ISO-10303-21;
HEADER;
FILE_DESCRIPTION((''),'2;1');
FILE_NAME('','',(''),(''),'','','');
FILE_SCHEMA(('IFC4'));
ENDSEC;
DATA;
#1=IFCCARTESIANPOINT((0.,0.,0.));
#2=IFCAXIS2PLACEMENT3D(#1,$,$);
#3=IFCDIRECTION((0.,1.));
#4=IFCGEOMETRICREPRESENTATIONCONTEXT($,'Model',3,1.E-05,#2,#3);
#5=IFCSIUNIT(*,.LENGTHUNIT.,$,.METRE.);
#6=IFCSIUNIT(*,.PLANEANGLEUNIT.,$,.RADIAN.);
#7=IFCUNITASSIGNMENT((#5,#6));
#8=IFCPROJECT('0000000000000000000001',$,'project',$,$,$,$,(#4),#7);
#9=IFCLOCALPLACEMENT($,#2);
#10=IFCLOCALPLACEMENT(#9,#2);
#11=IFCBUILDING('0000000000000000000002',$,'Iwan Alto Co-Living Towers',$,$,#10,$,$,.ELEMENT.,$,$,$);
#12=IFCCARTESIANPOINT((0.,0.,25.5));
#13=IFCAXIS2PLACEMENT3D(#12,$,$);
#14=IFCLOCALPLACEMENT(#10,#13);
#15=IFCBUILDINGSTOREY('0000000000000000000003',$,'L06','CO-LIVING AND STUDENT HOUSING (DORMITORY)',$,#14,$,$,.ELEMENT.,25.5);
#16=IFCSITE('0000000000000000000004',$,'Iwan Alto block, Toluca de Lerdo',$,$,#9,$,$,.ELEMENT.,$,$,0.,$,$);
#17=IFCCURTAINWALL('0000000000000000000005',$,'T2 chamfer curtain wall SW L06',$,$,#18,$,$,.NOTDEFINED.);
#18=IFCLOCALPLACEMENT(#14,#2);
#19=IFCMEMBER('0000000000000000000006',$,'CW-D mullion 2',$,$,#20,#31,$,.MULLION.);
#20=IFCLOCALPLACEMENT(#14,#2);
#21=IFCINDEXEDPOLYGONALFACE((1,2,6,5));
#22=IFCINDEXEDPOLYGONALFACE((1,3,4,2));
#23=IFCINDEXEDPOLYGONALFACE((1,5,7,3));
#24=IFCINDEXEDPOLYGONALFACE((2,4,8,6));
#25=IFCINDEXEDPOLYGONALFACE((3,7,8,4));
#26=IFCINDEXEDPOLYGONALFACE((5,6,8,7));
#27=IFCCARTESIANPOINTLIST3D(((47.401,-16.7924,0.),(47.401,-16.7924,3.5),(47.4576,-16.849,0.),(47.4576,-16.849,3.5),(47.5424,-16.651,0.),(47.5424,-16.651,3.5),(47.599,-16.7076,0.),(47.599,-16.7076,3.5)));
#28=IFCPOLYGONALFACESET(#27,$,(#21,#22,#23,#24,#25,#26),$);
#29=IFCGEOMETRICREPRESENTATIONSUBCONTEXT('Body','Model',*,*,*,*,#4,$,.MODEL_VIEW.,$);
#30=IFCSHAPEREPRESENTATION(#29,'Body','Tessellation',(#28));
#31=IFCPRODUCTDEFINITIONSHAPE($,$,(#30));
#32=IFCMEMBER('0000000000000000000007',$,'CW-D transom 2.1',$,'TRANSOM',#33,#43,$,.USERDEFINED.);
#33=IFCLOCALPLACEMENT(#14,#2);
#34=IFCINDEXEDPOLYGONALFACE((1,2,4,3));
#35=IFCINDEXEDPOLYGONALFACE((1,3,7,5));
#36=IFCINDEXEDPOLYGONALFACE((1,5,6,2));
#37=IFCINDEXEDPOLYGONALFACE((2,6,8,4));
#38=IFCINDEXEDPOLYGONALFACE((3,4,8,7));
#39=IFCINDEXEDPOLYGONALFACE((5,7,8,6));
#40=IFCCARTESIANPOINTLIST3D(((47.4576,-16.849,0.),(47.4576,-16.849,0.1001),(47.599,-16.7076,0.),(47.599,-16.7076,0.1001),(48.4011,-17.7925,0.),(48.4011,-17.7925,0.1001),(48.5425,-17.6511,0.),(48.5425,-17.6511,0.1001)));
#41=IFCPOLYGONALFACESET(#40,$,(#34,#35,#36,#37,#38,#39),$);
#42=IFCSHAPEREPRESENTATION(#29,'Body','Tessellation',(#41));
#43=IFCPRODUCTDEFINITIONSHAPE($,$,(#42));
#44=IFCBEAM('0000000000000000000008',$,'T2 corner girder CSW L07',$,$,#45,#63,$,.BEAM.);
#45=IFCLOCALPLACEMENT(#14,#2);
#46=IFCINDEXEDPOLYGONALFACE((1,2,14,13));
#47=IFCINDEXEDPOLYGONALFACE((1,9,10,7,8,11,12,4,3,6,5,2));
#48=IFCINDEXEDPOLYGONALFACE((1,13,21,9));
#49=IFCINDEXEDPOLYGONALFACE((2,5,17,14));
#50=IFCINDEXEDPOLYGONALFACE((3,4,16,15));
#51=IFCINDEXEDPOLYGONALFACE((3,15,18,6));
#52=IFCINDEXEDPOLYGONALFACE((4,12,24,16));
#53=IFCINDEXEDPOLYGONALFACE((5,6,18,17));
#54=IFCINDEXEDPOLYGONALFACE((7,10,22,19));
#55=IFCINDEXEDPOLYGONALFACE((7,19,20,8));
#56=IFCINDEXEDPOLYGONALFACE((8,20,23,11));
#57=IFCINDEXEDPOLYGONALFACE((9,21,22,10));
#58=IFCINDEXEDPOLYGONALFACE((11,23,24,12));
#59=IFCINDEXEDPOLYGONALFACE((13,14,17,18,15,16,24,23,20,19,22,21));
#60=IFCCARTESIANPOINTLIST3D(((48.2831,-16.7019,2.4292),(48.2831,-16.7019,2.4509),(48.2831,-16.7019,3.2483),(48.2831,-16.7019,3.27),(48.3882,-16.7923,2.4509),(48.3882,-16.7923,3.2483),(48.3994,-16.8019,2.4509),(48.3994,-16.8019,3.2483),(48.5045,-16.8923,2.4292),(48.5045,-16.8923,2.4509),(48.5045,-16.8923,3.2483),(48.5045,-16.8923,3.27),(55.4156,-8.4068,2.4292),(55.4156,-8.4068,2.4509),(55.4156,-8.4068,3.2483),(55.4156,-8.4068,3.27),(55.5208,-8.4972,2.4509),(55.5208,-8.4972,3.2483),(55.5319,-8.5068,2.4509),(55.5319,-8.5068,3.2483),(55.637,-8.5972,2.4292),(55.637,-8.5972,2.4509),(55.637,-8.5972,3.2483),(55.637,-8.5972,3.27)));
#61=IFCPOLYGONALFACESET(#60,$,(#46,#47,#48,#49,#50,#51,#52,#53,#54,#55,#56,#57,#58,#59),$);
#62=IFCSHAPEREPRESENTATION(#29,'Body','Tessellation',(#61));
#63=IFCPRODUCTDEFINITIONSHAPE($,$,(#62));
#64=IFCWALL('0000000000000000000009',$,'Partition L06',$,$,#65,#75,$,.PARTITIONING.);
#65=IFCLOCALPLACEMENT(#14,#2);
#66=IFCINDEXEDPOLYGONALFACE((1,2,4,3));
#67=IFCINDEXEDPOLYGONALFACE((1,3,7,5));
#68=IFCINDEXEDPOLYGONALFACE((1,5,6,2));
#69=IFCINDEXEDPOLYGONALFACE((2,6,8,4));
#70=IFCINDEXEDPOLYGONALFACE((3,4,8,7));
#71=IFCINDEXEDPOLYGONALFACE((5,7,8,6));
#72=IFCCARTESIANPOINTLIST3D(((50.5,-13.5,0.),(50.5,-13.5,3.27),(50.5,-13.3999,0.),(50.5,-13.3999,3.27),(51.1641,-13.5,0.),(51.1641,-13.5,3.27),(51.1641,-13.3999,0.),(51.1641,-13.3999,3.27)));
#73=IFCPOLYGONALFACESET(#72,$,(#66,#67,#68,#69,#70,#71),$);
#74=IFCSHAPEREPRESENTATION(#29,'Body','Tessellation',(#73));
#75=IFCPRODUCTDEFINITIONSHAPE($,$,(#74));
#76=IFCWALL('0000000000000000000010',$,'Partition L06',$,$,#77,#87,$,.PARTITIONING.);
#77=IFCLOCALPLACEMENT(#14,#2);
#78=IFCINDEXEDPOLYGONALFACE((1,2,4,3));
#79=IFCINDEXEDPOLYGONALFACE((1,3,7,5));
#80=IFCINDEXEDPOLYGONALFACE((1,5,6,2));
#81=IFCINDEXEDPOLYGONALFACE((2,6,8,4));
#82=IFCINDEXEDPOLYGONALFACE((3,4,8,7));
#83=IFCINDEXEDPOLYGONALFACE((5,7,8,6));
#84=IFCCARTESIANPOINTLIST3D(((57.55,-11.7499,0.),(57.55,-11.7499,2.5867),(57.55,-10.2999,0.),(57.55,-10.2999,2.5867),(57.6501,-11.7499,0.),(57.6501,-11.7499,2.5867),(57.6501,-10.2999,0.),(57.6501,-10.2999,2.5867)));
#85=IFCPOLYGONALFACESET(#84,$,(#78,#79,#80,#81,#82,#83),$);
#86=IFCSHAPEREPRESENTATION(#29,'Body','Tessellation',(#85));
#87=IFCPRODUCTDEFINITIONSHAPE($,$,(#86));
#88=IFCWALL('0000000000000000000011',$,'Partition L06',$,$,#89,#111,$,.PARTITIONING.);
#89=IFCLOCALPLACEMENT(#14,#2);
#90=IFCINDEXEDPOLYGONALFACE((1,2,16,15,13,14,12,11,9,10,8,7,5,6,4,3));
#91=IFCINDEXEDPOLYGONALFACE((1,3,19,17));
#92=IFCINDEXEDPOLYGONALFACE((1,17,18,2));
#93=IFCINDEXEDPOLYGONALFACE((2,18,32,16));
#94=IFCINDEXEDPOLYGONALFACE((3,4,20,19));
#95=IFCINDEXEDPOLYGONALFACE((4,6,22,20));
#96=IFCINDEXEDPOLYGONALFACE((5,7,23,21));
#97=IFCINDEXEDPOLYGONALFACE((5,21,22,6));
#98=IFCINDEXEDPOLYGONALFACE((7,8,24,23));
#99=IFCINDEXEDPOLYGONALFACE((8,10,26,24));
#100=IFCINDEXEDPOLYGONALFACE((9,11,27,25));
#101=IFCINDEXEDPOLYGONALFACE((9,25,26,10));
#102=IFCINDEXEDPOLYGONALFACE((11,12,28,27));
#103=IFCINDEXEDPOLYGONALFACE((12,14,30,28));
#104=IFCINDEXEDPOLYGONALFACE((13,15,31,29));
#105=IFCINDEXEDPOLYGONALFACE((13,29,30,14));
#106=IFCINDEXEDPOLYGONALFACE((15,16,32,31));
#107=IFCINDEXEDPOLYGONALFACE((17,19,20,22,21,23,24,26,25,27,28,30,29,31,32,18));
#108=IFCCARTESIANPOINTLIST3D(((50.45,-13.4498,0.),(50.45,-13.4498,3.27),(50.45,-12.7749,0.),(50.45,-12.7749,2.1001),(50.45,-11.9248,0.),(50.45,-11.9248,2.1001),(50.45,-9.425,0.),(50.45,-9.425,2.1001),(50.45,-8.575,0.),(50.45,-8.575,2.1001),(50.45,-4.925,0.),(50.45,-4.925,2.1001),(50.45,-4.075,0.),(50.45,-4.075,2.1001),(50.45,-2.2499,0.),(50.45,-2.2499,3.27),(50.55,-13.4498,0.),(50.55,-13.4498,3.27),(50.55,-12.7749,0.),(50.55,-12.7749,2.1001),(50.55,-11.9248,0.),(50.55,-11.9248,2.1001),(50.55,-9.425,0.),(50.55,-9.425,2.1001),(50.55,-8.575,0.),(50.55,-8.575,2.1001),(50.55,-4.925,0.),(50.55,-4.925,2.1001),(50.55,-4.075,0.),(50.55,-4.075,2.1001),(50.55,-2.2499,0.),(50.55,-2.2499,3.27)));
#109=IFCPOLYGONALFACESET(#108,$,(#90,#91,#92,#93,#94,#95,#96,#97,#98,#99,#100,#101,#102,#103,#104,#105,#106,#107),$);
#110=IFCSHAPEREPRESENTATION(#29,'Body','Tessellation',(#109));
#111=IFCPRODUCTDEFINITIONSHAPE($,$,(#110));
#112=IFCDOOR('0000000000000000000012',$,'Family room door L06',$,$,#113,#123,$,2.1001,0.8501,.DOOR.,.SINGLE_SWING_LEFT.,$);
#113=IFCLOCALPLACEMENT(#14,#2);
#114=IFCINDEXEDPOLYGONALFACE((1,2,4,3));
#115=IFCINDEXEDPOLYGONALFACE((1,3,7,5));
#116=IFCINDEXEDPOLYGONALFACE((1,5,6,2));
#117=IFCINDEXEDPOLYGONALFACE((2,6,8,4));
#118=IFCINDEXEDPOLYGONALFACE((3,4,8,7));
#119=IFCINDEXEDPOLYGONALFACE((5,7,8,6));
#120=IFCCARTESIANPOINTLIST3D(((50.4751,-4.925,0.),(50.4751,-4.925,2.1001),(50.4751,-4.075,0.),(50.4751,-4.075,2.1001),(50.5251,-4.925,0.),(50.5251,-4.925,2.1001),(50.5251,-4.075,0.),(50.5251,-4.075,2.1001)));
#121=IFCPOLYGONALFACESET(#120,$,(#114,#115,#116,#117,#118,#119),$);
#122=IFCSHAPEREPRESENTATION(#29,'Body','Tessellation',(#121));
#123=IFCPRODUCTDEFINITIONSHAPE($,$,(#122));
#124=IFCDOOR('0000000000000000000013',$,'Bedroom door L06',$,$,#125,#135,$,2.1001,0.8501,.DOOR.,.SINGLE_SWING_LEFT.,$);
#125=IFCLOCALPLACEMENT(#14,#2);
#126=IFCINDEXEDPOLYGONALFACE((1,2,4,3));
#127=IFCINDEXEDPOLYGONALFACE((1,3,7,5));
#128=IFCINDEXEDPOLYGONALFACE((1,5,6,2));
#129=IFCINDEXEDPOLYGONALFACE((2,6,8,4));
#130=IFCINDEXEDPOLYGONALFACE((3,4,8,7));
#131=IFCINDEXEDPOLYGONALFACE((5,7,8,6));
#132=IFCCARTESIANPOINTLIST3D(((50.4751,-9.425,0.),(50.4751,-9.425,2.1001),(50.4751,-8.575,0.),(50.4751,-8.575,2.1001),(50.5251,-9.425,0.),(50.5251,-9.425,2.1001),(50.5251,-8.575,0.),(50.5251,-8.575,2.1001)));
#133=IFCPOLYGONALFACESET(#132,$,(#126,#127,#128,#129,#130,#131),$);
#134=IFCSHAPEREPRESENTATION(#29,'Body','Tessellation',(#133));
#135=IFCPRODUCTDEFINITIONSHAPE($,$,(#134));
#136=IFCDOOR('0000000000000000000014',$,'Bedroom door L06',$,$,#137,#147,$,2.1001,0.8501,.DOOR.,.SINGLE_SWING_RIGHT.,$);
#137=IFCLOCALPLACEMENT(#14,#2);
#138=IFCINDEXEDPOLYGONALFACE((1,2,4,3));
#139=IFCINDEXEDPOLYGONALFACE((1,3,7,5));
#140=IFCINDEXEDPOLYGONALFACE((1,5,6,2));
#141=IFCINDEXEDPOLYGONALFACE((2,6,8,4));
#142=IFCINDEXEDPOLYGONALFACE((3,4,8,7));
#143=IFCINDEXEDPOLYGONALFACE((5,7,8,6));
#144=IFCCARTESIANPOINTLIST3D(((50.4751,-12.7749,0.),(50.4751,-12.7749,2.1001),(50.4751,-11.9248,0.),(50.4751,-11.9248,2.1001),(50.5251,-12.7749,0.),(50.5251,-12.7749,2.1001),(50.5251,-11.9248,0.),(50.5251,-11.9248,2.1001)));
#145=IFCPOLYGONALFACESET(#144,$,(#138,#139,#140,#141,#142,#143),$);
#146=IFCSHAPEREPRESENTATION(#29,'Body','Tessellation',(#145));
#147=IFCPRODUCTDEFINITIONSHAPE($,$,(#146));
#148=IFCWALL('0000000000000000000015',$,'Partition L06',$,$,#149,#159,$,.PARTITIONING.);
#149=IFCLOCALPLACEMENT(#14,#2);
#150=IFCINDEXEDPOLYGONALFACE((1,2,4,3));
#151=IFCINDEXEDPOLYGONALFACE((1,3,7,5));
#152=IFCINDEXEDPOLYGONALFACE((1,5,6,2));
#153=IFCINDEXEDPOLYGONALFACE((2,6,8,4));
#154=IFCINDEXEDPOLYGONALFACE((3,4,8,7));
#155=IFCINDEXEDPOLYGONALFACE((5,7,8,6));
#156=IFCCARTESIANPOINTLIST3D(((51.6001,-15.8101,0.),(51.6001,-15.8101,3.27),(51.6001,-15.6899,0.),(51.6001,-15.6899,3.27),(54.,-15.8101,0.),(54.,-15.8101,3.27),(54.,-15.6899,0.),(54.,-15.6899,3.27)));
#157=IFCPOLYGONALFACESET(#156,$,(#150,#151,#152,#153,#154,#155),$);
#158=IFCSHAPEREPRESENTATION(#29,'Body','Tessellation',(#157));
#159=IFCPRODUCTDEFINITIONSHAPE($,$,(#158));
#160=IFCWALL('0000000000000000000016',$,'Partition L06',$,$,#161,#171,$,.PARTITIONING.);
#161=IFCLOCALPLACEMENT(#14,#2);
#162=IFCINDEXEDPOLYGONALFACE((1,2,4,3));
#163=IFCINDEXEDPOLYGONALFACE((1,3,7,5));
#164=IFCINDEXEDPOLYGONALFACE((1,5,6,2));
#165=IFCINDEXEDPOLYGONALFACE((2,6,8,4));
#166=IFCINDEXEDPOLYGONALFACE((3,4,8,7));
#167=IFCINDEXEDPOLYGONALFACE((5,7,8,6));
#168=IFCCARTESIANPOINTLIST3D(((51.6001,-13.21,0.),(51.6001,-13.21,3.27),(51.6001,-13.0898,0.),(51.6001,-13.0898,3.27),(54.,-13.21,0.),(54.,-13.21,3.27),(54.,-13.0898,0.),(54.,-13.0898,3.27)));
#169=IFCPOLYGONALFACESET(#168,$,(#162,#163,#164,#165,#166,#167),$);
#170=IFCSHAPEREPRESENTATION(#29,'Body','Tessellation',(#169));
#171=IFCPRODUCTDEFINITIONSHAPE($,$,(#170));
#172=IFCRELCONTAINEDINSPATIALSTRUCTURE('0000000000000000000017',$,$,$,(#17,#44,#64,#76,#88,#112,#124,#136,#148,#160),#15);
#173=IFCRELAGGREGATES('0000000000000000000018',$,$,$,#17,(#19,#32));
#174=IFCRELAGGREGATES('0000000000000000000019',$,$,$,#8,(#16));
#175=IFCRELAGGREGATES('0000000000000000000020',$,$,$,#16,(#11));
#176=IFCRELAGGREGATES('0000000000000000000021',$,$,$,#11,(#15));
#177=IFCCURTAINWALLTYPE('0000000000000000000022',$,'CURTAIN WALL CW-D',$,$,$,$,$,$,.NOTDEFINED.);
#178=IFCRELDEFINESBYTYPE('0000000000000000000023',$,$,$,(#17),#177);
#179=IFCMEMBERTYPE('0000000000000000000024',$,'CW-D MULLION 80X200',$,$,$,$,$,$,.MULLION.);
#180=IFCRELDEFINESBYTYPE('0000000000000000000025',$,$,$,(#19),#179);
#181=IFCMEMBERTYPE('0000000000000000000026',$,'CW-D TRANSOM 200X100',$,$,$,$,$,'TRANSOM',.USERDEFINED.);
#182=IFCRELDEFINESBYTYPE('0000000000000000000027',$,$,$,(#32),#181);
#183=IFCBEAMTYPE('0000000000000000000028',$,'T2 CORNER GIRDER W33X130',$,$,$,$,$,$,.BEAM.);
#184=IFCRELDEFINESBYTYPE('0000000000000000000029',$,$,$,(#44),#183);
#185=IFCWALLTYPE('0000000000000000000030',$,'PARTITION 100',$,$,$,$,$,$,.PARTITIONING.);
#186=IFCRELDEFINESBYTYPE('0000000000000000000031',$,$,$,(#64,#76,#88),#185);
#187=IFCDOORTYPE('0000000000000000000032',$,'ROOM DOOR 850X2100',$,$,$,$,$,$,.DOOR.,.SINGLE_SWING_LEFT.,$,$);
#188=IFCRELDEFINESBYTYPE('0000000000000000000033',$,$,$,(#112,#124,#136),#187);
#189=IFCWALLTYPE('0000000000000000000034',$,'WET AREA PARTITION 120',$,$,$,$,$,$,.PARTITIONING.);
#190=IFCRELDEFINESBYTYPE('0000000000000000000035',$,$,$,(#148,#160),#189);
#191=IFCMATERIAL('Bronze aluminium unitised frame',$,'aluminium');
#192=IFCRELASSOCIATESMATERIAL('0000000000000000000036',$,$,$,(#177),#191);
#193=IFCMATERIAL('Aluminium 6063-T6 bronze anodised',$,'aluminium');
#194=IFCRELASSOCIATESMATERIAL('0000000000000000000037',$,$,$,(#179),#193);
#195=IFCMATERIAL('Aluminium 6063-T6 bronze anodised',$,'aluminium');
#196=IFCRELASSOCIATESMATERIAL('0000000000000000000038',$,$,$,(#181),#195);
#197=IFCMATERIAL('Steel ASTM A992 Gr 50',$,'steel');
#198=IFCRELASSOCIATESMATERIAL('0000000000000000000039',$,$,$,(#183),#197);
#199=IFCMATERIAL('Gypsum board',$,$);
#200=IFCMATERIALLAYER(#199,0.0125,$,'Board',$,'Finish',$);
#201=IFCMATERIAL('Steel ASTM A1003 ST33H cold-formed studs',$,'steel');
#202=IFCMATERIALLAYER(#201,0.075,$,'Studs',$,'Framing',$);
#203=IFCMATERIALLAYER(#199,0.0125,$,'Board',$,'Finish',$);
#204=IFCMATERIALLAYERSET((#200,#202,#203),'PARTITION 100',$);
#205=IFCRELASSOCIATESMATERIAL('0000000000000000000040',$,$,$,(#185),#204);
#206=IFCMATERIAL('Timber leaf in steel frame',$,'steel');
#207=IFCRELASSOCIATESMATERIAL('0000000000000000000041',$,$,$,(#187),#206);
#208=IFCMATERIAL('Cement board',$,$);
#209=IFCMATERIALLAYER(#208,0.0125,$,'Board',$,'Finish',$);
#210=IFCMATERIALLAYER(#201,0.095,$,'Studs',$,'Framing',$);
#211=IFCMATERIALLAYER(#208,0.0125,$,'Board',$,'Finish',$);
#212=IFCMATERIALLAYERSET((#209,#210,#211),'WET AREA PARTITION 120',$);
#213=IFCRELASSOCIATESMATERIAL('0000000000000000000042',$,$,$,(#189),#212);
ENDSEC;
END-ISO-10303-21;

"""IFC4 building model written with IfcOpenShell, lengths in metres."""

from ifc_helpers import new_model, si_unit, direction, frame, frame_2d, origin, origin_2d, place, context, subcontext, project, spatial, rectangle, i_section, extrude, material, layer, layer_set, material_profile, profile_set, type_object, element, fill, aggregate, save


model = new_model("IFC4")

# Units and contexts
model_context = context("Model", 3, precision=1e-05, world=origin(), true_north=direction((0.0, 1.0)))
body_context = subcontext(model_context, "Body", "Model", "MODEL_VIEW")
ifc_project = project(units=[si_unit("LENGTHUNIT", "METRE"), si_unit("PLANEANGLEUNIT", "RADIAN")], contexts=[model_context])

# Site, building, storey
site_placement = place(None, origin())
site = spatial("IfcSite", under=ifc_project, at=site_placement, Name="Iwan Alto block, Toluca de Lerdo", CompositionType="ELEMENT", RefElevation=0.0)
building_placement = place(site_placement, origin())
building = spatial("IfcBuilding", under=site, at=building_placement, Name="Iwan Alto Co-Living Towers", CompositionType="ELEMENT")
storey_placement = place(building_placement, frame((0.0, 0.0, 25.5)))
storey = spatial("IfcBuildingStorey", under=building, at=storey_placement, Name="L06", Description="CO-LIVING AND STUDENT HOUSING (DORMITORY)", CompositionType="ELEMENT", Elevation=25.5)

# Curtain wall, members
ifc_material_1 = material(Name="Bronze aluminium unitised frame", Category="aluminium")
curtain_wall_type = type_object("IfcCurtainWallType", Name="CURTAIN WALL CW-D", PredefinedType="NOTDEFINED", material=ifc_material_1)
curtain_wall_placement = place(storey_placement, origin())
curtain_wall = element("IfcCurtainWall", 1, at=curtain_wall_placement, inside=storey, type_object=curtain_wall_type, Name="T2 chamfer curtain wall SW L06", PredefinedType="NOTDEFINED")
ifc_material_2 = material(Name="Aluminium 6063-T6 bronze anodised", Category="aluminium")
ifc_material_profile_1 = material_profile(ifc_material_2, rectangle(XDim=0.2, YDim=0.0801, at=origin_2d()), Name="AL 80X200")
ifc_profile_set_1 = profile_set([ifc_material_profile_1], Name="Aluminium 6063-T6 bronze anodised")
member_type_1 = type_object("IfcMemberType", Name="CW-D MULLION 80X200", PredefinedType="MULLION", material=ifc_profile_set_1)
member_1_placement = place(storey_placement, frame((47.5, -16.75, 0.0), z_axis=(0.0, 0.0, 1.0), x_axis=(0.707107, 0.707107, 0.0)))
member_1 = element("IfcMember", 2, at=member_1_placement, type_object=member_type_1, Name="CW-D mullion 2", PredefinedType="MULLION", context=body_context, shape_type="SweptSolid", body=[
    extrude(rectangle(XDim=0.2, YDim=0.0801, at=origin_2d()), origin(), (0.0, 0.0, 1.0), 3.5),
])
ifc_material_3 = material(Name="Aluminium 6063-T6 bronze anodised", Category="aluminium")
ifc_material_profile_2 = material_profile(ifc_material_3, rectangle(XDim=0.2, YDim=0.1001, at=origin_2d()), Name="AL 200X100")
ifc_profile_set_2 = profile_set([ifc_material_profile_2], Name="Aluminium 6063-T6 bronze anodised")
member_type_2 = type_object("IfcMemberType", Name="CW-D TRANSOM 200X100", ElementType="TRANSOM", PredefinedType="USERDEFINED", material=ifc_profile_set_2)
member_2_placement = place(storey_placement, frame((47.5283, -16.7783, 0.05), z_axis=(0.707107, -0.707107, 0.0), x_axis=(0.707107, 0.707107, 0.0)))
member_2 = element("IfcMember", 3, at=member_2_placement, type_object=member_type_2, Name="CW-D transom 2.1", ObjectType="TRANSOM", PredefinedType="USERDEFINED", context=body_context, shape_type="SweptSolid", body=[
    extrude(rectangle(XDim=0.2, YDim=0.1001, at=origin_2d()), origin(), (0.0, 0.0, 1.0), 1.3342),
])
aggregate(curtain_wall, [member_1, member_2])

# Beam
ifc_material_4 = material(Name="Steel ASTM A992 Gr 50", Category="steel")
ifc_material_profile_3 = material_profile(ifc_material_4, i_section(OverallWidth=0.292, OverallDepth=0.8408, WebThickness=0.0146, FlangeThickness=0.0217, at=origin_2d()), Name="W33X130")
ifc_profile_set_3 = profile_set([ifc_material_profile_3], Name="Steel ASTM A992 Gr 50")
beam_type = type_object("IfcBeamType", Name="T2 CORNER GIRDER W33X130", PredefinedType="BEAM", material=ifc_profile_set_3)
beam_placement = place(storey_placement, frame((48.3938, -16.7971, 2.8496), z_axis=(0.651972, 0.758243, 0.0), x_axis=(-0.758243, 0.651972, 0.0)))
element("IfcBeam", 4, at=beam_placement, inside=storey, type_object=beam_type, Name="T2 corner girder CSW L07", PredefinedType="BEAM", context=body_context, shape_type="SweptSolid", body=[
    extrude(i_section(OverallWidth=0.292, OverallDepth=0.8408, WebThickness=0.0146, FlangeThickness=0.0217, at=origin_2d()), origin(), (0.0, 0.0, 1.0), 10.9399),
])

# Walls
ifc_material_5 = material(Name="Gypsum board")
ifc_layer_1 = layer(ifc_material_5, 0.0125, Name="Board", Category="Finish")
ifc_material_6 = material(Name="Steel ASTM A1003 ST33H cold-formed studs", Category="steel")
ifc_layer_2 = layer(ifc_material_6, 0.075, Name="Studs", Category="Framing")
ifc_layer_3 = layer(ifc_material_5, 0.0125, Name="Board", Category="Finish")
ifc_layer_set_1 = layer_set([ifc_layer_1, ifc_layer_2, ifc_layer_3], Name="PARTITION 100")
wall_type_1 = type_object("IfcWallType", Name="PARTITION 100", PredefinedType="PARTITIONING", material=ifc_layer_set_1)
wall_1_placement = place(storey_placement, frame((50.5, -13.45, 0.0), z_axis=(0.0, 0.0, 1.0), x_axis=(1.0, 0.0, 0.0)))
element("IfcWall", 5, at=wall_1_placement, inside=storey, type_object=wall_type_1, Name="Partition L06", PredefinedType="PARTITIONING", context=body_context, shape_type="SweptSolid", body=[
    extrude(rectangle(XDim=0.6641, YDim=0.1001, at=frame_2d((0.332, 0.0))), origin(), (0.0, 0.0, 1.0), 3.27),
])
wall_2_placement = place(storey_placement, frame((57.6001, -11.75, 0.0), z_axis=(0.0, 0.0, 1.0), x_axis=(0.0, 1.0, 0.0)))
element("IfcWall", 6, at=wall_2_placement, inside=storey, type_object=wall_type_1, Name="Partition L06", PredefinedType="PARTITIONING", context=body_context, shape_type="SweptSolid", body=[
    extrude(rectangle(XDim=1.45, YDim=0.1001, at=frame_2d((0.7251, 0.0))), origin(), (0.0, 0.0, 1.0), 2.5867),
])

# Wall, openings, doors
wall_3_placement = place(storey_placement, frame((50.5, -13.45, 0.0), z_axis=(0.0, 0.0, 1.0), x_axis=(0.0, 1.0, 0.0)))
wall_3 = element("IfcWall", 7, at=wall_3_placement, inside=storey, type_object=wall_type_1, Name="Partition L06", PredefinedType="PARTITIONING", context=body_context, shape_type="SweptSolid", body=[
    extrude(rectangle(XDim=11.2, YDim=0.1001, at=frame_2d((5.6001, 0.0))), origin(), (0.0, 0.0, 1.0), 3.27),
])
opening_1_placement = place(wall_3_placement, frame((8.5249, 0.0, 0.0)))
opening_1 = element("IfcOpeningElement", 8, at=opening_1_placement, cuts=wall_3, PredefinedType="OPENING", context=body_context, shape_type="SweptSolid", body=[
    extrude(rectangle(XDim=0.8501, YDim=2.1001, at=frame_2d((0.425, 1.05))), frame((0.0, 0.0601, 0.0), z_axis=(0.0, -1.0, 0.0), x_axis=(1.0, 0.0, 0.0)), (0.0, 0.0, 1.0), 0.1201),
])
opening_2_placement = place(wall_3_placement, frame((4.0249, 0.0, 0.0)))
opening_2 = element("IfcOpeningElement", 9, at=opening_2_placement, cuts=wall_3, PredefinedType="OPENING", context=body_context, shape_type="SweptSolid", body=[
    extrude(rectangle(XDim=0.8501, YDim=2.1001, at=frame_2d((0.425, 1.05))), frame((0.0, 0.0601, 0.0), z_axis=(0.0, -1.0, 0.0), x_axis=(1.0, 0.0, 0.0)), (0.0, 0.0, 1.0), 0.1201),
])
opening_3_placement = place(wall_3_placement, frame((0.675, 0.0, 0.0)))
opening_3 = element("IfcOpeningElement", 10, at=opening_3_placement, cuts=wall_3, PredefinedType="OPENING", context=body_context, shape_type="SweptSolid", body=[
    extrude(rectangle(XDim=0.8501, YDim=2.1001, at=frame_2d((0.425, 1.05))), frame((0.0, 0.0601, 0.0), z_axis=(0.0, -1.0, 0.0), x_axis=(1.0, 0.0, 0.0)), (0.0, 0.0, 1.0), 0.1201),
])
ifc_material_7 = material(Name="Timber leaf in steel frame", Category="steel")
door_type = type_object("IfcDoorType", Name="ROOM DOOR 850X2100", OperationType="SINGLE_SWING_LEFT", PredefinedType="DOOR", material=ifc_material_7)
door_1_placement = place(opening_1_placement, origin())
door_1 = element("IfcDoor", 11, at=door_1_placement, inside=storey, type_object=door_type, Name="Family room door L06", OperationType="SINGLE_SWING_LEFT", OverallHeight=2.1001, OverallWidth=0.8501, PredefinedType="DOOR", context=body_context, shape_type="SweptSolid", body=[
    extrude(rectangle(XDim=0.8501, YDim=2.1001, at=frame_2d((0.425, 1.05))), frame((0.0, 0.0249, 0.0), z_axis=(0.0, -1.0, 0.0), x_axis=(1.0, 0.0, 0.0)), (0.0, 0.0, 1.0), 0.05),
])
fill(opening_1, door_1)
door_2_placement = place(opening_2_placement, origin())
door_2 = element("IfcDoor", 12, at=door_2_placement, inside=storey, type_object=door_type, Name="Bedroom door L06", OperationType="SINGLE_SWING_LEFT", OverallHeight=2.1001, OverallWidth=0.8501, PredefinedType="DOOR", context=body_context, shape_type="SweptSolid", body=[
    extrude(rectangle(XDim=0.8501, YDim=2.1001, at=frame_2d((0.425, 1.05))), frame((0.0, 0.0249, 0.0), z_axis=(0.0, -1.0, 0.0), x_axis=(1.0, 0.0, 0.0)), (0.0, 0.0, 1.0), 0.05),
])
fill(opening_2, door_2)
door_3_placement = place(opening_3_placement, origin())
door_3 = element("IfcDoor", 13, at=door_3_placement, inside=storey, type_object=door_type, Name="Bedroom door L06", OperationType="SINGLE_SWING_RIGHT", OverallHeight=2.1001, OverallWidth=0.8501, PredefinedType="DOOR", context=body_context, shape_type="SweptSolid", body=[
    extrude(rectangle(XDim=0.8501, YDim=2.1001, at=frame_2d((0.425, 1.05))), frame((0.0, 0.0249, 0.0), z_axis=(0.0, -1.0, 0.0), x_axis=(1.0, 0.0, 0.0)), (0.0, 0.0, 1.0), 0.05),
])
fill(opening_3, door_3)

# Walls
ifc_material_8 = material(Name="Cement board")
ifc_layer_4 = layer(ifc_material_8, 0.0125, Name="Board", Category="Finish")
ifc_layer_5 = layer(ifc_material_6, 0.095, Name="Studs", Category="Framing")
ifc_layer_6 = layer(ifc_material_8, 0.0125, Name="Board", Category="Finish")
ifc_layer_set_2 = layer_set([ifc_layer_4, ifc_layer_5, ifc_layer_6], Name="WET AREA PARTITION 120")
wall_type_2 = type_object("IfcWallType", Name="WET AREA PARTITION 120", PredefinedType="PARTITIONING", material=ifc_layer_set_2)
for number, where, z_axis, x_axis, name in (
    (14, (51.6001, -15.75, 0.0), (0.0, 0.0, 1.0), (1.0, 0.0, 0.0), "Partition L06"),
    (15, (51.6001, -13.1499, 0.0), (0.0, 0.0, 1.0), (1.0, 0.0, 0.0), "Partition L06"),
):
    element("IfcWall", number, at=place(storey_placement, frame(where, z_axis=z_axis, x_axis=x_axis)), inside=storey, type_object=wall_type_2, Name=name, PredefinedType="PARTITIONING", context=body_context, shape_type="SweptSolid", body=[
        extrude(rectangle(XDim=2.3999, YDim=0.1201, at=frame_2d((1.2, 0.0))), origin(), (0.0, 0.0, 1.0), 3.27),
    ])

save(model, "model.ifc")
